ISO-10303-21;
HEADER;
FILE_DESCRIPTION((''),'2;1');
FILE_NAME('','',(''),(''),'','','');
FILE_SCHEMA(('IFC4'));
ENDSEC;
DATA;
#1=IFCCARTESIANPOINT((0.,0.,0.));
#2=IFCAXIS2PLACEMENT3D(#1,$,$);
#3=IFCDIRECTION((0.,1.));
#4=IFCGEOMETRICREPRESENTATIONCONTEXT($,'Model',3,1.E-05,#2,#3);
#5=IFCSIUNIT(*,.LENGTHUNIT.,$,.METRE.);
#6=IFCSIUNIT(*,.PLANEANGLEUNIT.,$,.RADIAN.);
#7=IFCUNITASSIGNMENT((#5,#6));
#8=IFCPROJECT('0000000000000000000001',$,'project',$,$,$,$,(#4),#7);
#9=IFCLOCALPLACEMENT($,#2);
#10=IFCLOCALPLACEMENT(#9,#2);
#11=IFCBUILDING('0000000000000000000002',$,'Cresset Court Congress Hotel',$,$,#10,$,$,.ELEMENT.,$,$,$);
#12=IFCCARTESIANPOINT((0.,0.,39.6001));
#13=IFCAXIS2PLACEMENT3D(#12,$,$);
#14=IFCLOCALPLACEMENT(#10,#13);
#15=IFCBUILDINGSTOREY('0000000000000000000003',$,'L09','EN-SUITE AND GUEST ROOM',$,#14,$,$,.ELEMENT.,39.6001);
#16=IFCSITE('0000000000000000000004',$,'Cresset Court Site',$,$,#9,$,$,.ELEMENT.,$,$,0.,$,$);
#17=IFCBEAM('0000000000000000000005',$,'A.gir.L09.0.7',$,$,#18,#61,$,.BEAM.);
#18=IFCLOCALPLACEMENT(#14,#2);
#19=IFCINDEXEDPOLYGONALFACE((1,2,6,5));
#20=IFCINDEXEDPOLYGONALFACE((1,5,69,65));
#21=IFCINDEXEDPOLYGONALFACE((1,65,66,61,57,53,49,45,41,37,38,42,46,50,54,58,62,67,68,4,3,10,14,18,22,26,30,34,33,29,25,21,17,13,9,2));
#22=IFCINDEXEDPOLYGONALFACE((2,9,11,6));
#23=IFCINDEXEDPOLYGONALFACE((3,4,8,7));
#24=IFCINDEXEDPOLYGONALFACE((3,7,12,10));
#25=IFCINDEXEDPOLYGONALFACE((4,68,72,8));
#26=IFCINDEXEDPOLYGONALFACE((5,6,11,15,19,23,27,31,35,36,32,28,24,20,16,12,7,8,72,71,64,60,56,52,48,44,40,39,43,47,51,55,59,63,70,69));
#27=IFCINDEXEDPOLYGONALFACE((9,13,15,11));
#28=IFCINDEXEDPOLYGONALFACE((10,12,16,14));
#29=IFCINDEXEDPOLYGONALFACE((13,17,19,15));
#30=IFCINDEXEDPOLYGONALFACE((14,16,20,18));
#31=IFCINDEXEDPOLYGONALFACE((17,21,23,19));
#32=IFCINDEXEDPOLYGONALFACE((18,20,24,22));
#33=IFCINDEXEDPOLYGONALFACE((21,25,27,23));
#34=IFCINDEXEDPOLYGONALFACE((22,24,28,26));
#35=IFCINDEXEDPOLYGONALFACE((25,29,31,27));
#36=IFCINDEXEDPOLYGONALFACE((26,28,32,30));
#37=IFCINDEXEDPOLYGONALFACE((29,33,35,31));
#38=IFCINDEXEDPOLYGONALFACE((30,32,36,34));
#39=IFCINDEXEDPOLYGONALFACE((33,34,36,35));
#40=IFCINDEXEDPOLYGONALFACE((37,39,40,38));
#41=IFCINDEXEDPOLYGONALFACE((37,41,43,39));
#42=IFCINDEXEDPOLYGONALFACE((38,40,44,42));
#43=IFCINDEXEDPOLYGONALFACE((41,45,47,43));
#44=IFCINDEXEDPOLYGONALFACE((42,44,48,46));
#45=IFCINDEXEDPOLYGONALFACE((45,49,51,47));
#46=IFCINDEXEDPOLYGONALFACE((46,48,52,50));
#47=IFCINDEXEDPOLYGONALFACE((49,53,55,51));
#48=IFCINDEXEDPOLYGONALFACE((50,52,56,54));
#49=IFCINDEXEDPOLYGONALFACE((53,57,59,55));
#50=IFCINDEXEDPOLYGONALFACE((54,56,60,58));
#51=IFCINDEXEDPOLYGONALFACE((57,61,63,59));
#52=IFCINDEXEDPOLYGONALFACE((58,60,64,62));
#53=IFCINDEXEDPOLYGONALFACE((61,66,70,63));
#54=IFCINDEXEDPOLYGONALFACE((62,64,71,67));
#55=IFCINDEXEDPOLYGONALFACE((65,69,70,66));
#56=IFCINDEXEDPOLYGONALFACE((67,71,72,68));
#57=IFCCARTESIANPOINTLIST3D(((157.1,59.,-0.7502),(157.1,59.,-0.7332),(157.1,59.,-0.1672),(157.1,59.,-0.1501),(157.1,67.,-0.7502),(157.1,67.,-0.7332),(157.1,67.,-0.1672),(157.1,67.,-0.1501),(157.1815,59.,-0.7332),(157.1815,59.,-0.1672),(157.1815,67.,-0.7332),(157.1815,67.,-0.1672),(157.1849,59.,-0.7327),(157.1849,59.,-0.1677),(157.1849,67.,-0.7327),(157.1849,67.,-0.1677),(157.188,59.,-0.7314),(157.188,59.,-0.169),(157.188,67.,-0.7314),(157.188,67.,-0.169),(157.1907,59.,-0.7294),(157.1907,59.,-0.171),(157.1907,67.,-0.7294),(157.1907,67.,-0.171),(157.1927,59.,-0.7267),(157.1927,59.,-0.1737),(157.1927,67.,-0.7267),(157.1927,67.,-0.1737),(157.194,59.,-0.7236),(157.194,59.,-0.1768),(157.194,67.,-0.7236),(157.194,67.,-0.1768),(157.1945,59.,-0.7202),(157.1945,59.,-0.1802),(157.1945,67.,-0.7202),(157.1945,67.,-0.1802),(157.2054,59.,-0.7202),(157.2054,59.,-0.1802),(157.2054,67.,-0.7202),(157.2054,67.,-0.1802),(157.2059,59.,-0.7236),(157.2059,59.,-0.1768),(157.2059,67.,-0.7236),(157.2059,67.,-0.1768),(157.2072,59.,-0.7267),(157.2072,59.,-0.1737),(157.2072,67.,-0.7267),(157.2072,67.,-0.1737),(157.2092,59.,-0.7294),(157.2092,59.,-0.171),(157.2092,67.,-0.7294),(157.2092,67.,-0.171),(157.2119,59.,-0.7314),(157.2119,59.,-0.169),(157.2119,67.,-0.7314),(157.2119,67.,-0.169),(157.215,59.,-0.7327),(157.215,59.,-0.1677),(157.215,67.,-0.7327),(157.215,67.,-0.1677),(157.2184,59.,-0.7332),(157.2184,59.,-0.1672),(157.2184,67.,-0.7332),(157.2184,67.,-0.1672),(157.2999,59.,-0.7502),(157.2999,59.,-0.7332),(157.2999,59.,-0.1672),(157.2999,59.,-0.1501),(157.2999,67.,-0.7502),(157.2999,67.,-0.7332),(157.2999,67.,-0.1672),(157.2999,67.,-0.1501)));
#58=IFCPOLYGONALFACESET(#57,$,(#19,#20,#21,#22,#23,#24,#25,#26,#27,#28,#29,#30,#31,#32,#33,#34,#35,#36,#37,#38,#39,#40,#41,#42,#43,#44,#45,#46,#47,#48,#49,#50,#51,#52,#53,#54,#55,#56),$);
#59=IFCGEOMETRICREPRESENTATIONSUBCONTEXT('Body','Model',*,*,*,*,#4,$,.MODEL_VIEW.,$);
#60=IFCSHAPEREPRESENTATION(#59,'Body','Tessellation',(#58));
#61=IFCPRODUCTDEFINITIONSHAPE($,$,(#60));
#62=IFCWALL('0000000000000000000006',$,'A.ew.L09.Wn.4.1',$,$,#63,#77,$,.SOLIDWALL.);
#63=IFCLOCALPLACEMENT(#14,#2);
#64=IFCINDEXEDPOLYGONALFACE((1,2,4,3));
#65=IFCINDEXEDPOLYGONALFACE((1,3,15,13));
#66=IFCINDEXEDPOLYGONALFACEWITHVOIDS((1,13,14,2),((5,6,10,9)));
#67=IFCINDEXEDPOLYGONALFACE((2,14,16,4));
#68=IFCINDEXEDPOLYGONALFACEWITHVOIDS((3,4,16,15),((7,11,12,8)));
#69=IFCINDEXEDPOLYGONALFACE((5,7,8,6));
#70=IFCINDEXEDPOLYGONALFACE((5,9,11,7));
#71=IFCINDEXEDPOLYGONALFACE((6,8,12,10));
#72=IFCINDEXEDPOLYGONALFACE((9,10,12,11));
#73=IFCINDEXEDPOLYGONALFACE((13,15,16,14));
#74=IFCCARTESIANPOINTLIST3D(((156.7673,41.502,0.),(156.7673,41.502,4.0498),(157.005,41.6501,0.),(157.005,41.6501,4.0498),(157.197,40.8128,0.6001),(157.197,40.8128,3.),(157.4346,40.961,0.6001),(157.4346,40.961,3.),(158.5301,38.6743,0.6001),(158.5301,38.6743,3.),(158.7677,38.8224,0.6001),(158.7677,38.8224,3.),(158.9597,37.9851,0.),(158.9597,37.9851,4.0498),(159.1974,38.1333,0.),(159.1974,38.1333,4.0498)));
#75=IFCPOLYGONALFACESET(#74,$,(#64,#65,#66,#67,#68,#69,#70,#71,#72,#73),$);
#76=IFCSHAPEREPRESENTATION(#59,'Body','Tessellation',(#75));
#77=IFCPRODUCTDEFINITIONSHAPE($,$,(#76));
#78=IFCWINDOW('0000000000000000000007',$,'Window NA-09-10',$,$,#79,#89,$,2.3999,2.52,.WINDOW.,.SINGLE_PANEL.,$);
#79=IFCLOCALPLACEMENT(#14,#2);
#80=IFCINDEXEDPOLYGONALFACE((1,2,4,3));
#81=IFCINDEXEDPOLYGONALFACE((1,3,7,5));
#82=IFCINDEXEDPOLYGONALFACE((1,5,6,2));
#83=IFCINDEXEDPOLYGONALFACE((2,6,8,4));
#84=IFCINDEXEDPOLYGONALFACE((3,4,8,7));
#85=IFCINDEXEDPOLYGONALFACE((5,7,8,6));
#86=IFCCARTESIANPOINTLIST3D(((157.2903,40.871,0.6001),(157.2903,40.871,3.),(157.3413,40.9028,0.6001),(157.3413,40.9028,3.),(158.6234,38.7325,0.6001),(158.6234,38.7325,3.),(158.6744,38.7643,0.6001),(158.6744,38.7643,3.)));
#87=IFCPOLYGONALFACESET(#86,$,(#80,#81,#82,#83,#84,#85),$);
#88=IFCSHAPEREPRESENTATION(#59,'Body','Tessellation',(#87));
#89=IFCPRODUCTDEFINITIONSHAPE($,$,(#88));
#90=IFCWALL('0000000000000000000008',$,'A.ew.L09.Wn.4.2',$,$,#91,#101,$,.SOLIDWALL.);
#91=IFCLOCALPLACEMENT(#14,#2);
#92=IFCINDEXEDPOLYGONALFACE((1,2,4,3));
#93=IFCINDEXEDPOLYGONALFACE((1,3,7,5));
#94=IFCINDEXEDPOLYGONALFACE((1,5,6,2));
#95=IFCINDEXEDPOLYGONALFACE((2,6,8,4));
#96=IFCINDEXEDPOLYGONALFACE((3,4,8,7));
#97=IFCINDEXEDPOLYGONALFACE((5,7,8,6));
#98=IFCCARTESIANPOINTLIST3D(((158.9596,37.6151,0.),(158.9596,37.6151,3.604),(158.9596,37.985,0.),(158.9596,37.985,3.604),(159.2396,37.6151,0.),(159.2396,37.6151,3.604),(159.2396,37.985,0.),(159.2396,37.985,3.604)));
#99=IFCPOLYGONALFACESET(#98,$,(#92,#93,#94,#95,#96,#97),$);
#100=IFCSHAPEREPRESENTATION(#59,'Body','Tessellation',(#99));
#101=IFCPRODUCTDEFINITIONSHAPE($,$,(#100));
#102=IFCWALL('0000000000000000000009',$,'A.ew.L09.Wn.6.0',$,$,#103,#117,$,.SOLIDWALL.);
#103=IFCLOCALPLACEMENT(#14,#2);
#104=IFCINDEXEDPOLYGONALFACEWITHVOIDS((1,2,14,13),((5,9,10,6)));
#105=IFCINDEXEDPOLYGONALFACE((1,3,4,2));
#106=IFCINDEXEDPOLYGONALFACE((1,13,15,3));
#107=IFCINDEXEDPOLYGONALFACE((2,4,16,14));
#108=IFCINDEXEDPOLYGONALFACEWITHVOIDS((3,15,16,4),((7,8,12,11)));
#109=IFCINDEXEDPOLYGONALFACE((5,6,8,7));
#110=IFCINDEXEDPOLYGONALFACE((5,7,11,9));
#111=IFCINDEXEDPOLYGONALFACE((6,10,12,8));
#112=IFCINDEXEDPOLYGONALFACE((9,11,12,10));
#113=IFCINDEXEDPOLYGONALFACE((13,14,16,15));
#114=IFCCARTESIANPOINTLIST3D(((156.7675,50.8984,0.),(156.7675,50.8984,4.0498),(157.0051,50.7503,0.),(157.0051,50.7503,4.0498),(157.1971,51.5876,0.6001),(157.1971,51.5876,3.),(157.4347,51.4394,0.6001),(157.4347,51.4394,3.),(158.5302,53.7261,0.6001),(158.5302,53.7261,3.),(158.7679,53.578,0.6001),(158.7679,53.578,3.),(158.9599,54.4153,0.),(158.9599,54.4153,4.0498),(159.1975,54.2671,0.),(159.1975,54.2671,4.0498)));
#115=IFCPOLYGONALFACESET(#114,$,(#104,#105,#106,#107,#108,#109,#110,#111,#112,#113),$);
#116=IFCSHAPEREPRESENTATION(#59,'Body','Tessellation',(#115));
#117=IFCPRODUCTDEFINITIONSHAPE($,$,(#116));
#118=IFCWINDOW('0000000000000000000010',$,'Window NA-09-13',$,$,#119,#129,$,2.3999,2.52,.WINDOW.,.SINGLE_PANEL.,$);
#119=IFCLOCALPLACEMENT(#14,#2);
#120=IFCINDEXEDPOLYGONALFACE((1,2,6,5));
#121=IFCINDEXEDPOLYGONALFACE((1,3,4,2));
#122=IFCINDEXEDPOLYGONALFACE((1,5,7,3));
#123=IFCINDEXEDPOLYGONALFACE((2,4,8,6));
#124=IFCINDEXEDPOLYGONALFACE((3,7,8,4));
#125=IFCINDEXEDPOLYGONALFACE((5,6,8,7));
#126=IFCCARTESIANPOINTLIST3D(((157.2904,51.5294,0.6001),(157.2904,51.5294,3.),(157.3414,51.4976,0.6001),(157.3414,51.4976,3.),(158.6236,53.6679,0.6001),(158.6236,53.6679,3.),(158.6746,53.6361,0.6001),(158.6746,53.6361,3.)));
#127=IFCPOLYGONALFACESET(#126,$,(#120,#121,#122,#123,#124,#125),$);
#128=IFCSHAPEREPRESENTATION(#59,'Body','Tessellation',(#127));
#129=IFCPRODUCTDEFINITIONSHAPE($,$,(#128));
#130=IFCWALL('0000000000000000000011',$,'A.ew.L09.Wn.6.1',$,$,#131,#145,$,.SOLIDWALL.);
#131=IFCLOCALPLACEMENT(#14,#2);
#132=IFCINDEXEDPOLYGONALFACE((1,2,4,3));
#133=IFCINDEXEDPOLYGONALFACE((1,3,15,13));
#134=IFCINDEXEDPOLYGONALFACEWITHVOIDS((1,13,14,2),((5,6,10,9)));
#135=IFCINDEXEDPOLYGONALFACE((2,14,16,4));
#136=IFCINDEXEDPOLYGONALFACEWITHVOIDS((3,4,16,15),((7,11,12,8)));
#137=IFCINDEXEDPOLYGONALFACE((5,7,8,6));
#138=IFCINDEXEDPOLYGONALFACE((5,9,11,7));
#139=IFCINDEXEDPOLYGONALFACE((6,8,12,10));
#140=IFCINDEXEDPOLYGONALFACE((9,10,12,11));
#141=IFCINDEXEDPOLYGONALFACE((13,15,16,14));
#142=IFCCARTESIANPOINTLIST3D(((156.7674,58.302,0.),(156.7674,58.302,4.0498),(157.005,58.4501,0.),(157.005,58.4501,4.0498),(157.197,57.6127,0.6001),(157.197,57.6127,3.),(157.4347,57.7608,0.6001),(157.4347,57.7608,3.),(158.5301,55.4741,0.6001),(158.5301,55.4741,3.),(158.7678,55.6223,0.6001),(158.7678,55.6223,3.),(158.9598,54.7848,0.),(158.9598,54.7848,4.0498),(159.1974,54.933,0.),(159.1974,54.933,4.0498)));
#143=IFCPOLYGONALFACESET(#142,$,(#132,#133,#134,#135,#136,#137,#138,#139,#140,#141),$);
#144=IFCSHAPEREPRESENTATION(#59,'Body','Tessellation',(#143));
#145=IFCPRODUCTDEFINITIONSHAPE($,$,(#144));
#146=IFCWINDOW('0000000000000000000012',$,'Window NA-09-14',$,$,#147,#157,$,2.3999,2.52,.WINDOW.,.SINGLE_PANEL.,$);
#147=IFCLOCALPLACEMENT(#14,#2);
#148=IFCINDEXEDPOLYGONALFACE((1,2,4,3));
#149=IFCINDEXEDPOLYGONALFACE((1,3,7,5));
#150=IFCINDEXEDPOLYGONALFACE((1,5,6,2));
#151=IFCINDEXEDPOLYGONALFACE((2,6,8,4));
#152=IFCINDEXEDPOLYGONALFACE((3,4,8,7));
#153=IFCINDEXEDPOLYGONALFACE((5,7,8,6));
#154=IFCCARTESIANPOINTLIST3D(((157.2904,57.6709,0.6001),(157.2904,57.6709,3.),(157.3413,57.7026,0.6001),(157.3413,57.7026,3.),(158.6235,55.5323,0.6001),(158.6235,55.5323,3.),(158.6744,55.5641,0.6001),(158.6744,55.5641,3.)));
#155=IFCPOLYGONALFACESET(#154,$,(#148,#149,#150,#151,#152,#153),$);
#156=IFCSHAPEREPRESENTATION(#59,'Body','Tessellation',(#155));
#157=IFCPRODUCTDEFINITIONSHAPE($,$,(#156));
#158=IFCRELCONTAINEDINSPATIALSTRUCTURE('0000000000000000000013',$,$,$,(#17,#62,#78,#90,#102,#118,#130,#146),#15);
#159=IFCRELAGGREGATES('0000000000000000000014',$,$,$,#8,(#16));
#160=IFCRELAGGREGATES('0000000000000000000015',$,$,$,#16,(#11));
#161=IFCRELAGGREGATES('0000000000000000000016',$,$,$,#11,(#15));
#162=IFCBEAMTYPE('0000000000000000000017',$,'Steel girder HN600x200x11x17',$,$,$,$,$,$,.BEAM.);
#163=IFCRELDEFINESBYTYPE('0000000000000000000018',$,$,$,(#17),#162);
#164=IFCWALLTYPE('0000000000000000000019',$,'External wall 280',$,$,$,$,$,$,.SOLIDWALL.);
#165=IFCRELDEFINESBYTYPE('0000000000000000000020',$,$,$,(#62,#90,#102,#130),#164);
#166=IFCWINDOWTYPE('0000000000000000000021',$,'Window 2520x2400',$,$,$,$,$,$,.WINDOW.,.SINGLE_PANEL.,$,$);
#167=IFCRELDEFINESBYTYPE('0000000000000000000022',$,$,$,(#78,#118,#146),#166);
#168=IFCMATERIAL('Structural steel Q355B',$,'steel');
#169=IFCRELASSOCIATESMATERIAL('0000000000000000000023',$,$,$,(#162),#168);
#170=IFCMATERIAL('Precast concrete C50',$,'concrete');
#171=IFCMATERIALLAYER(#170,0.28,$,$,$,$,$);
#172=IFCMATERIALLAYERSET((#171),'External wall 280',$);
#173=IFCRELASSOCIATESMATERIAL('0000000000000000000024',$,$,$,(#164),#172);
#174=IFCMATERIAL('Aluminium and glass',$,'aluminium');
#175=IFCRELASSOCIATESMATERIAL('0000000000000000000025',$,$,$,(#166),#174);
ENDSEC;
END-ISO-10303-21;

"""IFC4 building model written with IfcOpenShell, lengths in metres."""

from ifc_helpers import new_model, si_unit, direction, frame, frame_2d, origin, origin_2d, place, context, subcontext, project, spatial, rectangle, i_section, extrude, material, layer, layer_set, material_profile, profile_set, type_object, element, fill, save


model = new_model("IFC4")

# Units and contexts
model_context = context("Model", 3, precision=1e-05, world=origin(), true_north=direction((0.0, 1.0)))
body_context = subcontext(model_context, "Body", "Model", "MODEL_VIEW")
ifc_project = project(units=[si_unit("LENGTHUNIT", "METRE"), si_unit("PLANEANGLEUNIT", "RADIAN")], contexts=[model_context])

# Site, building, storey
site_placement = place(None, origin())
site = spatial("IfcSite", under=ifc_project, at=site_placement, Name="Cresset Court Site", CompositionType="ELEMENT", RefElevation=0.0)
building_placement = place(site_placement, origin())
building = spatial("IfcBuilding", under=site, at=building_placement, Name="Cresset Court Congress Hotel", CompositionType="ELEMENT")
storey_placement = place(building_placement, frame((0.0, 0.0, 39.6001)))
storey = spatial("IfcBuildingStorey", under=building, at=storey_placement, Name="L09", Description="EN-SUITE AND GUEST ROOM", CompositionType="ELEMENT", Elevation=39.6001)

# Beam
ifc_material_1 = material(Name="Structural steel Q355B", Category="steel")
ifc_material_profile_1 = material_profile(ifc_material_1, i_section(OverallWidth=0.2, OverallDepth=0.6001, WebThickness=0.011, FlangeThickness=0.0171, FilletRadius=0.0129, at=origin_2d()), Name="HN600x200x11x17")
ifc_profile_set_1 = profile_set([ifc_material_profile_1], Name="Structural steel Q355B")
beam_type_1 = type_object("IfcBeamType", Name="Steel girder HN600x200x11x17", PredefinedType="BEAM", material=ifc_profile_set_1)
for number, where, z_axis, x_axis, name in (
    (1, (157.2, 59.0, -0.4502), (0.0, 1.0, 0.0), (-1.0, 0.0, 0.0), "A.gir.L09.0.7"),
):
    element("IfcBeam", number, at=place(storey_placement, frame(where, z_axis=z_axis, x_axis=x_axis)), inside=storey, type_object=beam_type_1, Name=name, PredefinedType="BEAM", context=body_context, shape_type="SweptSolid", body=[
        extrude(i_section(OverallWidth=0.2, OverallDepth=0.6001, WebThickness=0.011, FlangeThickness=0.0171, FilletRadius=0.0129, at=origin_2d()), origin(), (0.0, 0.0, 1.0), 8.0),
    ])

# Wall, opening, window
ifc_material_2 = material(Name="Precast concrete C50", Category="concrete")
ifc_layer_1 = layer(ifc_material_2, 0.28)
ifc_layer_set_1 = layer_set([ifc_layer_1], Name="External wall 280")
wall_type_1 = type_object("IfcWallType", Name="External wall 280", PredefinedType="SOLIDWALL", material=ifc_layer_set_1)
wall_1_placement = place(storey_placement, frame((159.0786, 38.0591, 0.0), z_axis=(0.0, 0.0, 1.0), x_axis=(-0.529019, 0.84861, 0.0)))
wall_1 = element("IfcWall", 2, at=wall_1_placement, inside=storey, type_object=wall_type_1, Name="A.ew.L09.Wn.4.1", PredefinedType="SOLIDWALL", context=body_context, shape_type="SweptSolid", body=[
    extrude(rectangle(XDim=4.1443, YDim=0.28, at=frame_2d((2.0723, 0.0))), origin(), (0.0, 0.0, 1.0), 4.0498),
])
opening_1_placement = place(wall_1_placement, frame((0.8123, 0.0, 0.6001)))
opening_1 = element("IfcOpeningElement", 3, at=opening_1_placement, cuts=wall_1, PredefinedType="OPENING", context=body_context, shape_type="SweptSolid", body=[
    extrude(rectangle(XDim=2.52, YDim=2.3999, at=frame_2d((1.26, 1.2))), frame((0.0, 0.1499, 0.0), z_axis=(0.0, -1.0, 0.0), x_axis=(1.0, 0.0, 0.0)), (0.0, 0.0, 1.0), 0.3),
])
ifc_material_3 = material(Name="Aluminium and glass", Category="aluminium")
window_type_1 = type_object("IfcWindowType", Name="Window 2520x2400", PartitioningType="SINGLE_PANEL", PredefinedType="WINDOW", material=ifc_material_3)
window_1_placement = place(opening_1_placement, origin())
window_1 = element("IfcWindow", 4, at=window_1_placement, inside=storey, type_object=window_type_1, Name="Window NA-09-10", OverallHeight=2.3999, OverallWidth=2.52, PartitioningType="SINGLE_PANEL", PredefinedType="WINDOW", context=body_context, shape_type="SweptSolid", body=[
    extrude(rectangle(XDim=2.52, YDim=2.3999, at=frame_2d((1.26, 1.2))), frame((0.0, 0.03, 0.0), z_axis=(0.0, -1.0, 0.0), x_axis=(1.0, 0.0, 0.0)), (0.0, 0.0, 1.0), 0.0601),
])
fill(opening_1, window_1)

# Wall
wall_2_placement = place(storey_placement, frame((159.0996, 37.615, 0.0), z_axis=(0.0, 0.0, 1.0), x_axis=(0.0, 1.0, 0.0)))
element("IfcWall", 5, at=wall_2_placement, inside=storey, type_object=wall_type_1, Name="A.ew.L09.Wn.4.2", PredefinedType="SOLIDWALL", context=body_context, shape_type="SweptSolid", body=[
    extrude(rectangle(XDim=0.3699, YDim=0.28, at=frame_2d((0.1851, 0.0))), origin(), (0.0, 0.0, 1.0), 3.604),
])

# Walls, openings, windows
wall_3_placement = place(storey_placement, frame((156.8862, 50.8242, 0.0), z_axis=(0.0, 0.0, 1.0), x_axis=(0.529019, 0.84861, 0.0)))
wall_3 = element("IfcWall", 6, at=wall_3_placement, inside=storey, type_object=wall_type_1, Name="A.ew.L09.Wn.6.0", PredefinedType="SOLIDWALL", context=body_context, shape_type="SweptSolid", body=[
    extrude(rectangle(XDim=4.1443, YDim=0.28, at=frame_2d((2.0723, 0.0))), origin(), (0.0, 0.0, 1.0), 4.0498),
])
opening_2_placement = place(wall_3_placement, frame((0.8123, 0.0, 0.6001)))
opening_2 = element("IfcOpeningElement", 7, at=opening_2_placement, cuts=wall_3, PredefinedType="OPENING", context=body_context, shape_type="SweptSolid", body=[
    extrude(rectangle(XDim=2.52, YDim=2.3999, at=frame_2d((1.26, 1.2))), frame((0.0, 0.1499, 0.0), z_axis=(0.0, -1.0, 0.0), x_axis=(1.0, 0.0, 0.0)), (0.0, 0.0, 1.0), 0.3),
])
window_2_placement = place(opening_2_placement, origin())
window_2 = element("IfcWindow", 8, at=window_2_placement, inside=storey, type_object=window_type_1, Name="Window NA-09-13", OverallHeight=2.3999, OverallWidth=2.52, PartitioningType="SINGLE_PANEL", PredefinedType="WINDOW", context=body_context, shape_type="SweptSolid", body=[
    extrude(rectangle(XDim=2.52, YDim=2.3999, at=frame_2d((1.26, 1.2))), frame((0.0, 0.03, 0.0), z_axis=(0.0, -1.0, 0.0), x_axis=(1.0, 0.0, 0.0)), (0.0, 0.0, 1.0), 0.0601),
])
fill(opening_2, window_2)
wall_4_placement = place(storey_placement, frame((159.0786, 54.8589, 0.0), z_axis=(0.0, 0.0, 1.0), x_axis=(-0.528993, 0.848626, 0.0)))
wall_4 = element("IfcWall", 9, at=wall_4_placement, inside=storey, type_object=wall_type_1, Name="A.ew.L09.Wn.6.1", PredefinedType="SOLIDWALL", context=body_context, shape_type="SweptSolid", body=[
    extrude(rectangle(XDim=4.1445, YDim=0.28, at=frame_2d((2.0723, 0.0))), origin(), (0.0, 0.0, 1.0), 4.0498),
])
opening_3_placement = place(wall_4_placement, frame((0.8123, 0.0, 0.6001)))
opening_3 = element("IfcOpeningElement", 10, at=opening_3_placement, cuts=wall_4, PredefinedType="OPENING", context=body_context, shape_type="SweptSolid", body=[
    extrude(rectangle(XDim=2.52, YDim=2.3999, at=frame_2d((1.26, 1.2))), frame((0.0, 0.1499, 0.0), z_axis=(0.0, -1.0, 0.0), x_axis=(1.0, 0.0, 0.0)), (0.0, 0.0, 1.0), 0.3),
])
window_3_placement = place(opening_3_placement, origin())
window_3 = element("IfcWindow", 11, at=window_3_placement, inside=storey, type_object=window_type_1, Name="Window NA-09-14", OverallHeight=2.3999, OverallWidth=2.52, PartitioningType="SINGLE_PANEL", PredefinedType="WINDOW", context=body_context, shape_type="SweptSolid", body=[
    extrude(rectangle(XDim=2.52, YDim=2.3999, at=frame_2d((1.26, 1.2))), frame((0.0, 0.03, 0.0), z_axis=(0.0, -1.0, 0.0), x_axis=(1.0, 0.0, 0.0)), (0.0, 0.0, 1.0), 0.0601),
])
fill(opening_3, window_3)

save(model, "model.ifc")
